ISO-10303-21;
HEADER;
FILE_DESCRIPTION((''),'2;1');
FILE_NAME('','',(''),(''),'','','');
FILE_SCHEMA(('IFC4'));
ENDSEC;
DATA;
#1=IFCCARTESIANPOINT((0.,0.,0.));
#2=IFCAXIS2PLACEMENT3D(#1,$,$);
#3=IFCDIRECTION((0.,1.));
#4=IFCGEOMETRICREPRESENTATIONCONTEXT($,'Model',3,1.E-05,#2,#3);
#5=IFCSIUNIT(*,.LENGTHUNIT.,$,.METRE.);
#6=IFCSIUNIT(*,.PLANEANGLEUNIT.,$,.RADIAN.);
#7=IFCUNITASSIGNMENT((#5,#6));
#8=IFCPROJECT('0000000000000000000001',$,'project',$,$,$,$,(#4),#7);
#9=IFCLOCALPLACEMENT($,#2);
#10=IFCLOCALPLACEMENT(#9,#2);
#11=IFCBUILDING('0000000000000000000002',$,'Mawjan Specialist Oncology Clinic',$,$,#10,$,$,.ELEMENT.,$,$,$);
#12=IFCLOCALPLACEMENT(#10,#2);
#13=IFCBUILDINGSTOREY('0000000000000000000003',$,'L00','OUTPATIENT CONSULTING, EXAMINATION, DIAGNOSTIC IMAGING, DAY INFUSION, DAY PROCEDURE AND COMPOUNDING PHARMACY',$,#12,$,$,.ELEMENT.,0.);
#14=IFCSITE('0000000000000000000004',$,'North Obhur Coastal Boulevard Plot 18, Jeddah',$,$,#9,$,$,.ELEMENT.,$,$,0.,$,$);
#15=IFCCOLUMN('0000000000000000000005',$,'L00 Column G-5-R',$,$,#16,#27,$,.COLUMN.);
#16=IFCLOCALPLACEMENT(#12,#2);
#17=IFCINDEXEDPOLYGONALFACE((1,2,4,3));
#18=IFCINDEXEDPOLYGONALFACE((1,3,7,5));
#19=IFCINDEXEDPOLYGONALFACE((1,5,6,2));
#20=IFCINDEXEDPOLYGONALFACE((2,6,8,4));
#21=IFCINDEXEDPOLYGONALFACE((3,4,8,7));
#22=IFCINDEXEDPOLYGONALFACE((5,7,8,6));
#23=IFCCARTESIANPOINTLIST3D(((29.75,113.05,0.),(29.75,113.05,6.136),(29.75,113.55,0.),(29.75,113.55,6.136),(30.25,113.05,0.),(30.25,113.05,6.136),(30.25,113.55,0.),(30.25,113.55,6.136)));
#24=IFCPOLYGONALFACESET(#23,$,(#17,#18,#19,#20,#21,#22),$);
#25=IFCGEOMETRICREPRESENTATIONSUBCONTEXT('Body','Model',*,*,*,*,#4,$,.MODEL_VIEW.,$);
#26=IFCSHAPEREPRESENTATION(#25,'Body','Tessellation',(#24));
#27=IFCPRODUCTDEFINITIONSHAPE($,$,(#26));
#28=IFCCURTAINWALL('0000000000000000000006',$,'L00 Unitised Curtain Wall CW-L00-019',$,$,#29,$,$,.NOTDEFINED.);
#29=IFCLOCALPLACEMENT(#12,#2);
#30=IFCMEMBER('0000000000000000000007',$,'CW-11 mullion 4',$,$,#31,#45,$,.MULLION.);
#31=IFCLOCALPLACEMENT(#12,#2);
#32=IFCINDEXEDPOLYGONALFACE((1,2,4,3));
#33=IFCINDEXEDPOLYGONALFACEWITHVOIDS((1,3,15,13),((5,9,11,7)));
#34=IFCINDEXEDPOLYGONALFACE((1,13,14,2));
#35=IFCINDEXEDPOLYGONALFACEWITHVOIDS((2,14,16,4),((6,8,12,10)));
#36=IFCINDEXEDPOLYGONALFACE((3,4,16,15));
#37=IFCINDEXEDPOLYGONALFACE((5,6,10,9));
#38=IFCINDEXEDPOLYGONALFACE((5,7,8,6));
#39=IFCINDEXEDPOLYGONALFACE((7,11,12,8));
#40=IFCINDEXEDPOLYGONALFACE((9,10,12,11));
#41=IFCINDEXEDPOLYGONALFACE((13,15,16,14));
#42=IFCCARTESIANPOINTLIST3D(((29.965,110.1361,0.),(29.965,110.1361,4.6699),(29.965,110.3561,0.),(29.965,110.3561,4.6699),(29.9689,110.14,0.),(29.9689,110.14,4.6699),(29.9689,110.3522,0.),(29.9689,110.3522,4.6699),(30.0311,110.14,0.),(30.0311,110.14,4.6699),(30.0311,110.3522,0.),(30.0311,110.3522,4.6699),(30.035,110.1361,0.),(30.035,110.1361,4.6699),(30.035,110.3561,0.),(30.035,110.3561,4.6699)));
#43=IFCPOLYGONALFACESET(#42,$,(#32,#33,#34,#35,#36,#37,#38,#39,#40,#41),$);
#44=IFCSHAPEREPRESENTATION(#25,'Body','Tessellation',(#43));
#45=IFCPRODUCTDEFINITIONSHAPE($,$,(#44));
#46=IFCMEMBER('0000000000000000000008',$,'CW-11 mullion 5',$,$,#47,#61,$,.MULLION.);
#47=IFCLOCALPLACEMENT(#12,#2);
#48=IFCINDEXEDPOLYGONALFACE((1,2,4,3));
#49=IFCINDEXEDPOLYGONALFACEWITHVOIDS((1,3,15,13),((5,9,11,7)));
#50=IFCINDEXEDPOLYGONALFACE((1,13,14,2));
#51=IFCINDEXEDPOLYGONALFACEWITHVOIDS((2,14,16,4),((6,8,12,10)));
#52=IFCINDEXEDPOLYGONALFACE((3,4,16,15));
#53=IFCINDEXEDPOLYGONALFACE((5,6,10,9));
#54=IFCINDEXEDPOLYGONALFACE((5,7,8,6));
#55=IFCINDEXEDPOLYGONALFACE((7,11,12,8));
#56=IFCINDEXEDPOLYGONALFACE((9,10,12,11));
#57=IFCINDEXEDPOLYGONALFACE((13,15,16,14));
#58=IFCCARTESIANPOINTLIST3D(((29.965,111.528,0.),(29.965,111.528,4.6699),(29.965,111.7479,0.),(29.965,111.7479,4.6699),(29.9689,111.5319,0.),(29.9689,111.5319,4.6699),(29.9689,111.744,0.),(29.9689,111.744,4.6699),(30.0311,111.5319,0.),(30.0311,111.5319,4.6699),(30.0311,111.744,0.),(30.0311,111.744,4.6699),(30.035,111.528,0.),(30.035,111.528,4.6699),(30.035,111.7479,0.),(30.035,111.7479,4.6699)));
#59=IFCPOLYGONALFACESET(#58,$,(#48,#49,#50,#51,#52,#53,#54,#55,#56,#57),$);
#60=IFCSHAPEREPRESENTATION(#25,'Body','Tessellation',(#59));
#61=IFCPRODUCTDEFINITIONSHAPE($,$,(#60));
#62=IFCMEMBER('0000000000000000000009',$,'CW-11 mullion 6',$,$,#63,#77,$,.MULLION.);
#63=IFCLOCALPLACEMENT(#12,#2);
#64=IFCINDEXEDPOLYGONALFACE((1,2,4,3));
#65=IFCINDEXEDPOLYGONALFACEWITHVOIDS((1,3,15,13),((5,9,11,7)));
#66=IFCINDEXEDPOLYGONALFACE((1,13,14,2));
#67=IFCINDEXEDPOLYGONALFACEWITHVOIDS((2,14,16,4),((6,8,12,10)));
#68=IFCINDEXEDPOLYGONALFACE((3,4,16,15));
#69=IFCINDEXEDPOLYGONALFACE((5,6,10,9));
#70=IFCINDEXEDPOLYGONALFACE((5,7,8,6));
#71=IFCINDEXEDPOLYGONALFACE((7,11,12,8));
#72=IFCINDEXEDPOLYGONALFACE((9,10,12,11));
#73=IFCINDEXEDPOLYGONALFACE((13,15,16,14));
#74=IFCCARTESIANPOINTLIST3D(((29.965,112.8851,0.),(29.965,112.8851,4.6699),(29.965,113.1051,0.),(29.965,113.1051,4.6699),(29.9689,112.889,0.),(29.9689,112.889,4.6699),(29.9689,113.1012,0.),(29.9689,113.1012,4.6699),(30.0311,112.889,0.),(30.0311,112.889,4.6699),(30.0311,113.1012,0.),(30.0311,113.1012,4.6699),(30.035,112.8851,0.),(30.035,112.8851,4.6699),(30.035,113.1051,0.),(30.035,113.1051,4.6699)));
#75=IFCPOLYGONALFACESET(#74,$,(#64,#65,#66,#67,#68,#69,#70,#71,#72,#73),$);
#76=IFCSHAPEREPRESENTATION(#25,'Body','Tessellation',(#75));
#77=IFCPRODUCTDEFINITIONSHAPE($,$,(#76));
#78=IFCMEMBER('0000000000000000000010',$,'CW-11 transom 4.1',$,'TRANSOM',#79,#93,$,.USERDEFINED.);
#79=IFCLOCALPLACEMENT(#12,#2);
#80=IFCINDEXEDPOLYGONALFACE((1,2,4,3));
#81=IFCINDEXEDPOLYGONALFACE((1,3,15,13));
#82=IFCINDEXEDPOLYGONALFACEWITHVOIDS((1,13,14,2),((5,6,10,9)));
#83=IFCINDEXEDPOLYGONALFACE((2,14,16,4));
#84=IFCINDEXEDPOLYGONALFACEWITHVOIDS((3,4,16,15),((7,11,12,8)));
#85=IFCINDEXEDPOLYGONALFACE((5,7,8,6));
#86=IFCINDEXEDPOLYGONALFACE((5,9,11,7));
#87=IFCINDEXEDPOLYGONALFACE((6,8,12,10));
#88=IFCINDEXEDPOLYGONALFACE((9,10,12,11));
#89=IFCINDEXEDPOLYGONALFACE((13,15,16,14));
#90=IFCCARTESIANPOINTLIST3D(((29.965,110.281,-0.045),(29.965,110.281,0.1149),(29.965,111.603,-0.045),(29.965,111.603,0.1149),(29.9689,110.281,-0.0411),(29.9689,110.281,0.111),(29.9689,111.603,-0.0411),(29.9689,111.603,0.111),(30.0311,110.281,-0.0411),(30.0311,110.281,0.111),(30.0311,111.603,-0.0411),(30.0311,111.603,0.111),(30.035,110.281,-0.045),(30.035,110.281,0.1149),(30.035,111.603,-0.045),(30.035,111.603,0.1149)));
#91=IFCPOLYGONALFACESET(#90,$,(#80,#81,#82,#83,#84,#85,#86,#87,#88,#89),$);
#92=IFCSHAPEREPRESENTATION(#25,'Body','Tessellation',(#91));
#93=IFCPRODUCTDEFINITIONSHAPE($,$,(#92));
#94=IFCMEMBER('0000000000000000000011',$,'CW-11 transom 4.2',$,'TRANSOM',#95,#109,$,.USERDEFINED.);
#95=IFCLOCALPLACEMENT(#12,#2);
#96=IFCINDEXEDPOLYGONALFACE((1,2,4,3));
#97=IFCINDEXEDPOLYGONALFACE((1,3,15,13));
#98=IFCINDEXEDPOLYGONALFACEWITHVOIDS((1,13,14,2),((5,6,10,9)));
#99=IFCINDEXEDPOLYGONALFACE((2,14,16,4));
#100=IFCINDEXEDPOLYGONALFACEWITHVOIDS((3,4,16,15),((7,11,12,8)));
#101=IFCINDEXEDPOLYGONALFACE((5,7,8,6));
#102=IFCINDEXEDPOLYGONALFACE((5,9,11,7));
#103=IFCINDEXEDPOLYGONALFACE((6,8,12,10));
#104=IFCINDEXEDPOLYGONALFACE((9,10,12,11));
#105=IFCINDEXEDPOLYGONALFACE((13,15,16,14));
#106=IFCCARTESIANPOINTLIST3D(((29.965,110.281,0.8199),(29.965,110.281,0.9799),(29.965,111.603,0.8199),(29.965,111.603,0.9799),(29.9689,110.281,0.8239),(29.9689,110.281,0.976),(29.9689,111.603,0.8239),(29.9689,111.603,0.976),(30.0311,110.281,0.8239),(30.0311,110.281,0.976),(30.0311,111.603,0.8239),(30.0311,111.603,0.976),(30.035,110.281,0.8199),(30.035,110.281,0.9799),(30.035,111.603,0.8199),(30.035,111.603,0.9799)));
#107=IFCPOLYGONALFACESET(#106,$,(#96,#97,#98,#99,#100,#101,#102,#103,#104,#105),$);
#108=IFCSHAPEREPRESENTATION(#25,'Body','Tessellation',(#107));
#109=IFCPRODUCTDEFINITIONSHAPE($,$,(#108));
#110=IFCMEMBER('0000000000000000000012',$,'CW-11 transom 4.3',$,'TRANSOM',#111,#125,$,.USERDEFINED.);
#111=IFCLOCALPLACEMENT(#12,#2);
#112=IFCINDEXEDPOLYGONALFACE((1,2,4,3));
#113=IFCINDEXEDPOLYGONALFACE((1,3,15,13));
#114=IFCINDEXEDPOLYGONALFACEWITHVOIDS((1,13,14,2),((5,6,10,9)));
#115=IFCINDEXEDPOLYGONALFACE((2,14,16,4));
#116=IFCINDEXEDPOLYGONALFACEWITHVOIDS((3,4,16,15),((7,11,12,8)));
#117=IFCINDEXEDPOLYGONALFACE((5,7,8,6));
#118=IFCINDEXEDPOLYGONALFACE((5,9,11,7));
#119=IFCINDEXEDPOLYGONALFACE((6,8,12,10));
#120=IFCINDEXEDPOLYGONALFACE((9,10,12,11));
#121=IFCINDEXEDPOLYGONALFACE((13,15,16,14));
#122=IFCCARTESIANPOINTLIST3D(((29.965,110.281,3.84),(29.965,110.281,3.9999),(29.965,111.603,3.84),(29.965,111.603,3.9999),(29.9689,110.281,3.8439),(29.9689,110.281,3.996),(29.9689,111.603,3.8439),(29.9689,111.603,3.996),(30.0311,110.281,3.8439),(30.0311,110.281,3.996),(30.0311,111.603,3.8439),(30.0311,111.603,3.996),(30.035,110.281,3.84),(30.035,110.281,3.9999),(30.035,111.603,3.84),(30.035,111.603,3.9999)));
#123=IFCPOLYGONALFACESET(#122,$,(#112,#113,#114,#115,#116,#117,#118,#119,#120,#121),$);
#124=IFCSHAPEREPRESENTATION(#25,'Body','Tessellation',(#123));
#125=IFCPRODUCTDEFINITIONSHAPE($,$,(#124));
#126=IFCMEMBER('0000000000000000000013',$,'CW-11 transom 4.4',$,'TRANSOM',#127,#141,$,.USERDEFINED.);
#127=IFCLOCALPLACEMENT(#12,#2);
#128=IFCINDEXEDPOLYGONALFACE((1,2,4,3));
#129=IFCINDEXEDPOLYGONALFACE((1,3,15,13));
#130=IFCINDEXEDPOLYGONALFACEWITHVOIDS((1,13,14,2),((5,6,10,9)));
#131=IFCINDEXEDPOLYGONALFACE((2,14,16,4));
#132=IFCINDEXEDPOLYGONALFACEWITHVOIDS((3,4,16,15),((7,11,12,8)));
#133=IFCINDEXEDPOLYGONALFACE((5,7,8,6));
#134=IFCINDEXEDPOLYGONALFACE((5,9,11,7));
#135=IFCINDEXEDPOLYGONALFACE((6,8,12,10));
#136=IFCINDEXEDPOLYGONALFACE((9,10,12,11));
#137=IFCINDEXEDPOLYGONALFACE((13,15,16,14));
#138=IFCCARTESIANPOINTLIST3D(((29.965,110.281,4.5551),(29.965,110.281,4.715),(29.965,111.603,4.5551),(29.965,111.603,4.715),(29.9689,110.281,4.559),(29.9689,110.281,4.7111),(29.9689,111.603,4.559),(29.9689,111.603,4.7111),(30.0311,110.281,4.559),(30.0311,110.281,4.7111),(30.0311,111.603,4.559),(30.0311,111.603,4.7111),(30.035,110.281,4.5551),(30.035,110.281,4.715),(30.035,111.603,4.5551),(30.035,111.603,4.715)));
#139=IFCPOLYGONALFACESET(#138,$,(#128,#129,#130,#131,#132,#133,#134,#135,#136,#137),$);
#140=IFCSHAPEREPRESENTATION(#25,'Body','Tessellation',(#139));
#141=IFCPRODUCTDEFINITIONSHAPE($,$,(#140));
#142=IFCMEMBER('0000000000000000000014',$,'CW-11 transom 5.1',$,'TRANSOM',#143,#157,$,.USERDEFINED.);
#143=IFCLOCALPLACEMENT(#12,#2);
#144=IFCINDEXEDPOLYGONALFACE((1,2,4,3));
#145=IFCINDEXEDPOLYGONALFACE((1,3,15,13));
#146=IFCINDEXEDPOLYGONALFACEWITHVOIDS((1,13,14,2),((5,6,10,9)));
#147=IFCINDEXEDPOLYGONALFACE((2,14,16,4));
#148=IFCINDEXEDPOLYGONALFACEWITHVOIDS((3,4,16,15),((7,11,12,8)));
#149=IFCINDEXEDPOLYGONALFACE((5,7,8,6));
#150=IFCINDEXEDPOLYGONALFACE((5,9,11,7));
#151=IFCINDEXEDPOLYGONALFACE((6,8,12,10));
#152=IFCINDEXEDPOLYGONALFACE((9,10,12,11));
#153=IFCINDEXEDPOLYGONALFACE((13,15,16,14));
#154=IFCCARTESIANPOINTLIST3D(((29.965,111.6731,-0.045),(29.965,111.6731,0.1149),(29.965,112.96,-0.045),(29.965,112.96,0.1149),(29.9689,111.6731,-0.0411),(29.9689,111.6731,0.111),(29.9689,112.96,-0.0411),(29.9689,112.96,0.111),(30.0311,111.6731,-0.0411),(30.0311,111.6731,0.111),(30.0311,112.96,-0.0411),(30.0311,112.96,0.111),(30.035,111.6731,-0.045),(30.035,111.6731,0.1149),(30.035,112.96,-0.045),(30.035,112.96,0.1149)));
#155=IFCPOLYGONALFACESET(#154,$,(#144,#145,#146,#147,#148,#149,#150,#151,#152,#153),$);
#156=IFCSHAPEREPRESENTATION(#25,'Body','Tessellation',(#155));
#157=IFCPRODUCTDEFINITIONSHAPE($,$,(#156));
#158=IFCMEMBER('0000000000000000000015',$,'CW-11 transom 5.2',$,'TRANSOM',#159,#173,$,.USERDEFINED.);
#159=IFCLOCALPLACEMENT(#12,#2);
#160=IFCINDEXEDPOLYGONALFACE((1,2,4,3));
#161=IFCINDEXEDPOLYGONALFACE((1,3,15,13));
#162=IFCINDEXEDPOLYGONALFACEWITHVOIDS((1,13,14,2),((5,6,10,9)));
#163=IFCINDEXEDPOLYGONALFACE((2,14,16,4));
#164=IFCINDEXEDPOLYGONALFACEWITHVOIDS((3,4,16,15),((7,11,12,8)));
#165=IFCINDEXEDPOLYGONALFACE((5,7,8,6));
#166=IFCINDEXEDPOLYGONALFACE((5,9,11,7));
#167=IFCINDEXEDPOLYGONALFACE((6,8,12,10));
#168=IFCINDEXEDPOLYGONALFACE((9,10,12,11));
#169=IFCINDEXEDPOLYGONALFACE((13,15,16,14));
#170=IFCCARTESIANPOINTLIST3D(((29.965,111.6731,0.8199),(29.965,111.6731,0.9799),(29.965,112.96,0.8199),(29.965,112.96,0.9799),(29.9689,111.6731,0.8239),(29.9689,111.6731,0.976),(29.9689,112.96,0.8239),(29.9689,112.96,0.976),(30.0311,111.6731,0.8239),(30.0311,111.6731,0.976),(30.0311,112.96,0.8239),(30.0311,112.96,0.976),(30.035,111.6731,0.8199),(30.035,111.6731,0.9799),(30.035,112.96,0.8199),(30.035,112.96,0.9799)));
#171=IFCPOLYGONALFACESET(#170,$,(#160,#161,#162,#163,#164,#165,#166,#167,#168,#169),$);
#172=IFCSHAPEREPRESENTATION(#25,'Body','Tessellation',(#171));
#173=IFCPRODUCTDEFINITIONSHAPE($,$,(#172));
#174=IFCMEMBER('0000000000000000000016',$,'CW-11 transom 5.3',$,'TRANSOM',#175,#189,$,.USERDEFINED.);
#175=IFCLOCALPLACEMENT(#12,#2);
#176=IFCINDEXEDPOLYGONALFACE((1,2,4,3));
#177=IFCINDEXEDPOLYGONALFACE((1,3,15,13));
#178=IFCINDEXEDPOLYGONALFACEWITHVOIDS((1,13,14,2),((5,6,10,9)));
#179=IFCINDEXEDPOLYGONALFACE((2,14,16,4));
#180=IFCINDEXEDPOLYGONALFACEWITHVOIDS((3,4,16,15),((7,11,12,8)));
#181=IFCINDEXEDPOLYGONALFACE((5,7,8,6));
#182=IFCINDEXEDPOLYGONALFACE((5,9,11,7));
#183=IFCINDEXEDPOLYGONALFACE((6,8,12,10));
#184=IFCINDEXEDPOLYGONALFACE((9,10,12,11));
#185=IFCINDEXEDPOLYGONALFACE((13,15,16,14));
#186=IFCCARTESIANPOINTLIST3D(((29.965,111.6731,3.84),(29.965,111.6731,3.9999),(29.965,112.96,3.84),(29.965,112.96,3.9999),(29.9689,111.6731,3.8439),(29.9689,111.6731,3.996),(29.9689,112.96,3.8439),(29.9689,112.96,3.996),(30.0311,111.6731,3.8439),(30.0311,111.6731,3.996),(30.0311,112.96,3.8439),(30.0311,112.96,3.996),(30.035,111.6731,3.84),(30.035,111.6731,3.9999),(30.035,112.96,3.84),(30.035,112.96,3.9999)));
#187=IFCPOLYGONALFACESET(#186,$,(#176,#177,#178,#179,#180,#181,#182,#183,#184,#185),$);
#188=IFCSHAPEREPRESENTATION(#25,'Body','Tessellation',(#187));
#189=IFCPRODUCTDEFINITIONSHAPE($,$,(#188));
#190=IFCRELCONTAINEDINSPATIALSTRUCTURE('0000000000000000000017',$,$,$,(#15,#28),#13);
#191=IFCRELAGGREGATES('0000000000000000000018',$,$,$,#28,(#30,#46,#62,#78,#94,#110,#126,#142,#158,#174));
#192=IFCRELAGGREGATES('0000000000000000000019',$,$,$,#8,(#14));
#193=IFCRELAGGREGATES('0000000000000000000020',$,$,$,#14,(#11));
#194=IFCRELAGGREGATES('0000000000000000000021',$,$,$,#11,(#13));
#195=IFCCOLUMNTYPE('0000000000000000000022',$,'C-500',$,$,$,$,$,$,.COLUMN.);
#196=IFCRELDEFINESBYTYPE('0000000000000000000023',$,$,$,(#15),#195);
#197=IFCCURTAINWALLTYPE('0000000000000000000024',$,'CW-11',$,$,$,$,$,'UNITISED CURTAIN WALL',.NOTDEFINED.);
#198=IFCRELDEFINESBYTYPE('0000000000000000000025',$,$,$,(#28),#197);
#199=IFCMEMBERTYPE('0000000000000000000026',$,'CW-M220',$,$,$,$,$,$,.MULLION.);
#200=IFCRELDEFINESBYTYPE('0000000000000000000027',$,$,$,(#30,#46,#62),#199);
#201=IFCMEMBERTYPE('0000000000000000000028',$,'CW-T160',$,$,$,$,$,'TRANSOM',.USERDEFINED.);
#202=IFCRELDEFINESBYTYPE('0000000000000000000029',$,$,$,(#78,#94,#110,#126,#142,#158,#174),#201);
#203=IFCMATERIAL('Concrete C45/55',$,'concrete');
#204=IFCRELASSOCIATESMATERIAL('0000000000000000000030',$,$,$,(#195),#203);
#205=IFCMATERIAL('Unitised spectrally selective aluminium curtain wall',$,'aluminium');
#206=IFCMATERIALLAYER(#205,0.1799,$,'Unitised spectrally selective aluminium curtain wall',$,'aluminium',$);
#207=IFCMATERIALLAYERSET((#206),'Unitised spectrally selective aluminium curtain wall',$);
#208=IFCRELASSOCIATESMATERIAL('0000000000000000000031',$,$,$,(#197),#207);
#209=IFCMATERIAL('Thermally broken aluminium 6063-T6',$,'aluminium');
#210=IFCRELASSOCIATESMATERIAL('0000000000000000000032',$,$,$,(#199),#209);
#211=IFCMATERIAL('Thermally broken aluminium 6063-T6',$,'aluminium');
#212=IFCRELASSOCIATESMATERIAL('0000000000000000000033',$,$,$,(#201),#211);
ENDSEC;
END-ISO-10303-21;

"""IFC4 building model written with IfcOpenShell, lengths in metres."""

from ifc_helpers import new_model, si_unit, direction, frame, origin, origin_2d, place, context, subcontext, project, spatial, rectangle, hollow_rectangle, extrude, material, layer, layer_set, material_profile, profile_set, type_object, element, aggregate, save


model = new_model("IFC4")

# Units and contexts
model_context = context("Model", 3, precision=1e-05, world=origin(), true_north=direction((0.0, 1.0)))
body_context = subcontext(model_context, "Body", "Model", "MODEL_VIEW")
ifc_project = project(units=[si_unit("LENGTHUNIT", "METRE"), si_unit("PLANEANGLEUNIT", "RADIAN")], contexts=[model_context])

# Site, building, storey
site_placement = place(None, origin())
site = spatial("IfcSite", under=ifc_project, at=site_placement, Name="North Obhur Coastal Boulevard Plot 18, Jeddah", CompositionType="ELEMENT", RefElevation=0.0)
building_placement = place(site_placement, origin())
building = spatial("IfcBuilding", under=site, at=building_placement, Name="Mawjan Specialist Oncology Clinic", CompositionType="ELEMENT")
storey_placement = place(building_placement, origin())
storey = spatial("IfcBuildingStorey", under=building, at=storey_placement, Name="L00", Description="OUTPATIENT CONSULTING, EXAMINATION, DIAGNOSTIC IMAGING, DAY INFUSION, DAY PROCEDURE AND COMPOUNDING PHARMACY", CompositionType="ELEMENT", Elevation=0.0)

# Column
ifc_material_1 = material(Name="Concrete C45/55", Category="concrete")
ifc_material_profile_1 = material_profile(ifc_material_1, rectangle(XDim=0.5, YDim=0.5, at=origin_2d()), Name="RC COL 500x500", Category="concrete")
ifc_profile_set_1 = profile_set([ifc_material_profile_1], Name="Concrete C45/55")
column_type = type_object("IfcColumnType", Name="C-500", PredefinedType="COLUMN", material=ifc_profile_set_1)
column_placement = place(storey_placement, frame((30.0, 113.3, 0.0), z_axis=(0.0, 0.0, 1.0), x_axis=(1.0, 0.0, 0.0)))
element("IfcColumn", 1, at=column_placement, inside=storey, type_object=column_type, Name="L00 Column G-5-R", PredefinedType="COLUMN", context=body_context, shape_type="SweptSolid", body=[
    extrude(rectangle(XDim=0.5, YDim=0.5, at=origin_2d()), origin(), (0.0, 0.0, 1.0), 6.136),
])

# Curtain wall, members
ifc_material_2 = material(Name="Unitised spectrally selective aluminium curtain wall", Category="aluminium")
ifc_layer_1 = layer(ifc_material_2, 0.1799, Name="Unitised spectrally selective aluminium curtain wall", Category="aluminium")
ifc_layer_set_1 = layer_set([ifc_layer_1], Name="Unitised spectrally selective aluminium curtain wall")
curtain_wall_type = type_object("IfcCurtainWallType", Name="CW-11", ElementType="UNITISED CURTAIN WALL", PredefinedType="NOTDEFINED", material=ifc_layer_set_1)
curtain_wall_placement = place(storey_placement, origin())
curtain_wall = element("IfcCurtainWall", 2, at=curtain_wall_placement, inside=storey, type_object=curtain_wall_type, Name="L00 Unitised Curtain Wall CW-L00-019", PredefinedType="NOTDEFINED")
ifc_material_3 = material(Name="Thermally broken aluminium 6063-T6", Category="aluminium")
ifc_material_profile_2 = material_profile(ifc_material_3, hollow_rectangle(XDim=0.0701, YDim=0.22, WallThickness=0.0039, at=origin_2d()), Name="ALU MULLION 220x70x4", Category="aluminium")
ifc_profile_set_2 = profile_set([ifc_material_profile_2], Name="Thermally broken aluminium 6063-T6")
member_type_1 = type_object("IfcMemberType", Name="CW-M220", PredefinedType="MULLION", material=ifc_profile_set_2)
member_1_placement = place(storey_placement, frame((30.0, 110.2461, 0.0), z_axis=(0.0, 0.0, 1.0), x_axis=(-1.0, 0.0, 0.0)))
member_1 = element("IfcMember", 3, at=member_1_placement, type_object=member_type_1, Name="CW-11 mullion 4", PredefinedType="MULLION", context=body_context, shape_type="SweptSolid", body=[
    extrude(hollow_rectangle(XDim=0.0701, YDim=0.22, WallThickness=0.0039, at=origin_2d()), origin(), (0.0, 0.0, 1.0), 4.6699),
])
member_2_placement = place(storey_placement, frame((30.0, 111.6379, 0.0), z_axis=(0.0, 0.0, 1.0), x_axis=(-1.0, 0.0, 0.0)))
member_2 = element("IfcMember", 4, at=member_2_placement, type_object=member_type_1, Name="CW-11 mullion 5", PredefinedType="MULLION", context=body_context, shape_type="SweptSolid", body=[
    extrude(hollow_rectangle(XDim=0.0701, YDim=0.22, WallThickness=0.0039, at=origin_2d()), origin(), (0.0, 0.0, 1.0), 4.6699),
])
member_3_placement = place(storey_placement, frame((30.0, 112.9951, 0.0), z_axis=(0.0, 0.0, 1.0), x_axis=(-1.0, 0.0, 0.0)))
member_3 = element("IfcMember", 5, at=member_3_placement, type_object=member_type_1, Name="CW-11 mullion 6", PredefinedType="MULLION", context=body_context, shape_type="SweptSolid", body=[
    extrude(hollow_rectangle(XDim=0.0701, YDim=0.22, WallThickness=0.0039, at=origin_2d()), origin(), (0.0, 0.0, 1.0), 4.6699),
])
ifc_material_4 = material(Name="Thermally broken aluminium 6063-T6", Category="aluminium")
ifc_material_profile_3 = material_profile(ifc_material_4, hollow_rectangle(XDim=0.0701, YDim=0.1599, WallThickness=0.0039, at=origin_2d()), Name="ALU TRANSOM 160x70x4", Category="aluminium")
ifc_profile_set_3 = profile_set([ifc_material_profile_3], Name="Thermally broken aluminium 6063-T6")
member_type_2 = type_object("IfcMemberType", Name="CW-T160", ElementType="TRANSOM", PredefinedType="USERDEFINED", material=ifc_profile_set_3)
member_4_placement = place(storey_placement, frame((30.0, 110.281, 0.0349), z_axis=(0.0, 1.0, 0.0), x_axis=(-1.0, 0.0, 0.0)))
member_4 = element("IfcMember", 6, at=member_4_placement, type_object=member_type_2, Name="CW-11 transom 4.1", ObjectType="TRANSOM", PredefinedType="USERDEFINED", context=body_context, shape_type="SweptSolid", body=[
    extrude(hollow_rectangle(XDim=0.0701, YDim=0.1599, WallThickness=0.0039, at=origin_2d()), origin(), (0.0, 0.0, 1.0), 1.322),
])
member_5_placement = place(storey_placement, frame((30.0, 110.281, 0.8999), z_axis=(0.0, 1.0, 0.0), x_axis=(-1.0, 0.0, 0.0)))
member_5 = element("IfcMember", 7, at=member_5_placement, type_object=member_type_2, Name="CW-11 transom 4.2", ObjectType="TRANSOM", PredefinedType="USERDEFINED", context=body_context, shape_type="SweptSolid", body=[
    extrude(hollow_rectangle(XDim=0.0701, YDim=0.1599, WallThickness=0.0039, at=origin_2d()), origin(), (0.0, 0.0, 1.0), 1.322),
])
member_6_placement = place(storey_placement, frame((30.0, 110.281, 3.9199), z_axis=(0.0, 1.0, 0.0), x_axis=(-1.0, 0.0, 0.0)))
member_6 = element("IfcMember", 8, at=member_6_placement, type_object=member_type_2, Name="CW-11 transom 4.3", ObjectType="TRANSOM", PredefinedType="USERDEFINED", context=body_context, shape_type="SweptSolid", body=[
    extrude(hollow_rectangle(XDim=0.0701, YDim=0.1599, WallThickness=0.0039, at=origin_2d()), origin(), (0.0, 0.0, 1.0), 1.322),
])
member_7_placement = place(storey_placement, frame((30.0, 110.281, 4.635), z_axis=(0.0, 1.0, 0.0), x_axis=(-1.0, 0.0, 0.0)))
member_7 = element("IfcMember", 9, at=member_7_placement, type_object=member_type_2, Name="CW-11 transom 4.4", ObjectType="TRANSOM", PredefinedType="USERDEFINED", context=body_context, shape_type="SweptSolid", body=[
    extrude(hollow_rectangle(XDim=0.0701, YDim=0.1599, WallThickness=0.0039, at=origin_2d()), origin(), (0.0, 0.0, 1.0), 1.322),
])
member_8_placement = place(storey_placement, frame((30.0, 111.6731, 0.0349), z_axis=(0.0, 1.0, 0.0), x_axis=(-1.0, 0.0, 0.0)))
member_8 = element("IfcMember", 10, at=member_8_placement, type_object=member_type_2, Name="CW-11 transom 5.1", ObjectType="TRANSOM", PredefinedType="USERDEFINED", context=body_context, shape_type="SweptSolid", body=[
    extrude(hollow_rectangle(XDim=0.0701, YDim=0.1599, WallThickness=0.0039, at=origin_2d()), origin(), (0.0, 0.0, 1.0), 1.2869),
])
member_9_placement = place(storey_placement, frame((30.0, 111.6731, 0.8999), z_axis=(0.0, 1.0, 0.0), x_axis=(-1.0, 0.0, 0.0)))
member_9 = element("IfcMember", 11, at=member_9_placement, type_object=member_type_2, Name="CW-11 transom 5.2", ObjectType="TRANSOM", PredefinedType="USERDEFINED", context=body_context, shape_type="SweptSolid", body=[
    extrude(hollow_rectangle(XDim=0.0701, YDim=0.1599, WallThickness=0.0039, at=origin_2d()), origin(), (0.0, 0.0, 1.0), 1.2869),
])
member_10_placement = place(storey_placement, frame((30.0, 111.6731, 3.9199), z_axis=(0.0, 1.0, 0.0), x_axis=(-1.0, 0.0, 0.0)))
member_10 = element("IfcMember", 12, at=member_10_placement, type_object=member_type_2, Name="CW-11 transom 5.3", ObjectType="TRANSOM", PredefinedType="USERDEFINED", context=body_context, shape_type="SweptSolid", body=[
    extrude(hollow_rectangle(XDim=0.0701, YDim=0.1599, WallThickness=0.0039, at=origin_2d()), origin(), (0.0, 0.0, 1.0), 1.2869),
])

aggregate(curtain_wall, [member_1, member_2, member_3, member_4, member_5, member_6, member_7, member_8, member_9, member_10])

save(model, "model.ifc")
